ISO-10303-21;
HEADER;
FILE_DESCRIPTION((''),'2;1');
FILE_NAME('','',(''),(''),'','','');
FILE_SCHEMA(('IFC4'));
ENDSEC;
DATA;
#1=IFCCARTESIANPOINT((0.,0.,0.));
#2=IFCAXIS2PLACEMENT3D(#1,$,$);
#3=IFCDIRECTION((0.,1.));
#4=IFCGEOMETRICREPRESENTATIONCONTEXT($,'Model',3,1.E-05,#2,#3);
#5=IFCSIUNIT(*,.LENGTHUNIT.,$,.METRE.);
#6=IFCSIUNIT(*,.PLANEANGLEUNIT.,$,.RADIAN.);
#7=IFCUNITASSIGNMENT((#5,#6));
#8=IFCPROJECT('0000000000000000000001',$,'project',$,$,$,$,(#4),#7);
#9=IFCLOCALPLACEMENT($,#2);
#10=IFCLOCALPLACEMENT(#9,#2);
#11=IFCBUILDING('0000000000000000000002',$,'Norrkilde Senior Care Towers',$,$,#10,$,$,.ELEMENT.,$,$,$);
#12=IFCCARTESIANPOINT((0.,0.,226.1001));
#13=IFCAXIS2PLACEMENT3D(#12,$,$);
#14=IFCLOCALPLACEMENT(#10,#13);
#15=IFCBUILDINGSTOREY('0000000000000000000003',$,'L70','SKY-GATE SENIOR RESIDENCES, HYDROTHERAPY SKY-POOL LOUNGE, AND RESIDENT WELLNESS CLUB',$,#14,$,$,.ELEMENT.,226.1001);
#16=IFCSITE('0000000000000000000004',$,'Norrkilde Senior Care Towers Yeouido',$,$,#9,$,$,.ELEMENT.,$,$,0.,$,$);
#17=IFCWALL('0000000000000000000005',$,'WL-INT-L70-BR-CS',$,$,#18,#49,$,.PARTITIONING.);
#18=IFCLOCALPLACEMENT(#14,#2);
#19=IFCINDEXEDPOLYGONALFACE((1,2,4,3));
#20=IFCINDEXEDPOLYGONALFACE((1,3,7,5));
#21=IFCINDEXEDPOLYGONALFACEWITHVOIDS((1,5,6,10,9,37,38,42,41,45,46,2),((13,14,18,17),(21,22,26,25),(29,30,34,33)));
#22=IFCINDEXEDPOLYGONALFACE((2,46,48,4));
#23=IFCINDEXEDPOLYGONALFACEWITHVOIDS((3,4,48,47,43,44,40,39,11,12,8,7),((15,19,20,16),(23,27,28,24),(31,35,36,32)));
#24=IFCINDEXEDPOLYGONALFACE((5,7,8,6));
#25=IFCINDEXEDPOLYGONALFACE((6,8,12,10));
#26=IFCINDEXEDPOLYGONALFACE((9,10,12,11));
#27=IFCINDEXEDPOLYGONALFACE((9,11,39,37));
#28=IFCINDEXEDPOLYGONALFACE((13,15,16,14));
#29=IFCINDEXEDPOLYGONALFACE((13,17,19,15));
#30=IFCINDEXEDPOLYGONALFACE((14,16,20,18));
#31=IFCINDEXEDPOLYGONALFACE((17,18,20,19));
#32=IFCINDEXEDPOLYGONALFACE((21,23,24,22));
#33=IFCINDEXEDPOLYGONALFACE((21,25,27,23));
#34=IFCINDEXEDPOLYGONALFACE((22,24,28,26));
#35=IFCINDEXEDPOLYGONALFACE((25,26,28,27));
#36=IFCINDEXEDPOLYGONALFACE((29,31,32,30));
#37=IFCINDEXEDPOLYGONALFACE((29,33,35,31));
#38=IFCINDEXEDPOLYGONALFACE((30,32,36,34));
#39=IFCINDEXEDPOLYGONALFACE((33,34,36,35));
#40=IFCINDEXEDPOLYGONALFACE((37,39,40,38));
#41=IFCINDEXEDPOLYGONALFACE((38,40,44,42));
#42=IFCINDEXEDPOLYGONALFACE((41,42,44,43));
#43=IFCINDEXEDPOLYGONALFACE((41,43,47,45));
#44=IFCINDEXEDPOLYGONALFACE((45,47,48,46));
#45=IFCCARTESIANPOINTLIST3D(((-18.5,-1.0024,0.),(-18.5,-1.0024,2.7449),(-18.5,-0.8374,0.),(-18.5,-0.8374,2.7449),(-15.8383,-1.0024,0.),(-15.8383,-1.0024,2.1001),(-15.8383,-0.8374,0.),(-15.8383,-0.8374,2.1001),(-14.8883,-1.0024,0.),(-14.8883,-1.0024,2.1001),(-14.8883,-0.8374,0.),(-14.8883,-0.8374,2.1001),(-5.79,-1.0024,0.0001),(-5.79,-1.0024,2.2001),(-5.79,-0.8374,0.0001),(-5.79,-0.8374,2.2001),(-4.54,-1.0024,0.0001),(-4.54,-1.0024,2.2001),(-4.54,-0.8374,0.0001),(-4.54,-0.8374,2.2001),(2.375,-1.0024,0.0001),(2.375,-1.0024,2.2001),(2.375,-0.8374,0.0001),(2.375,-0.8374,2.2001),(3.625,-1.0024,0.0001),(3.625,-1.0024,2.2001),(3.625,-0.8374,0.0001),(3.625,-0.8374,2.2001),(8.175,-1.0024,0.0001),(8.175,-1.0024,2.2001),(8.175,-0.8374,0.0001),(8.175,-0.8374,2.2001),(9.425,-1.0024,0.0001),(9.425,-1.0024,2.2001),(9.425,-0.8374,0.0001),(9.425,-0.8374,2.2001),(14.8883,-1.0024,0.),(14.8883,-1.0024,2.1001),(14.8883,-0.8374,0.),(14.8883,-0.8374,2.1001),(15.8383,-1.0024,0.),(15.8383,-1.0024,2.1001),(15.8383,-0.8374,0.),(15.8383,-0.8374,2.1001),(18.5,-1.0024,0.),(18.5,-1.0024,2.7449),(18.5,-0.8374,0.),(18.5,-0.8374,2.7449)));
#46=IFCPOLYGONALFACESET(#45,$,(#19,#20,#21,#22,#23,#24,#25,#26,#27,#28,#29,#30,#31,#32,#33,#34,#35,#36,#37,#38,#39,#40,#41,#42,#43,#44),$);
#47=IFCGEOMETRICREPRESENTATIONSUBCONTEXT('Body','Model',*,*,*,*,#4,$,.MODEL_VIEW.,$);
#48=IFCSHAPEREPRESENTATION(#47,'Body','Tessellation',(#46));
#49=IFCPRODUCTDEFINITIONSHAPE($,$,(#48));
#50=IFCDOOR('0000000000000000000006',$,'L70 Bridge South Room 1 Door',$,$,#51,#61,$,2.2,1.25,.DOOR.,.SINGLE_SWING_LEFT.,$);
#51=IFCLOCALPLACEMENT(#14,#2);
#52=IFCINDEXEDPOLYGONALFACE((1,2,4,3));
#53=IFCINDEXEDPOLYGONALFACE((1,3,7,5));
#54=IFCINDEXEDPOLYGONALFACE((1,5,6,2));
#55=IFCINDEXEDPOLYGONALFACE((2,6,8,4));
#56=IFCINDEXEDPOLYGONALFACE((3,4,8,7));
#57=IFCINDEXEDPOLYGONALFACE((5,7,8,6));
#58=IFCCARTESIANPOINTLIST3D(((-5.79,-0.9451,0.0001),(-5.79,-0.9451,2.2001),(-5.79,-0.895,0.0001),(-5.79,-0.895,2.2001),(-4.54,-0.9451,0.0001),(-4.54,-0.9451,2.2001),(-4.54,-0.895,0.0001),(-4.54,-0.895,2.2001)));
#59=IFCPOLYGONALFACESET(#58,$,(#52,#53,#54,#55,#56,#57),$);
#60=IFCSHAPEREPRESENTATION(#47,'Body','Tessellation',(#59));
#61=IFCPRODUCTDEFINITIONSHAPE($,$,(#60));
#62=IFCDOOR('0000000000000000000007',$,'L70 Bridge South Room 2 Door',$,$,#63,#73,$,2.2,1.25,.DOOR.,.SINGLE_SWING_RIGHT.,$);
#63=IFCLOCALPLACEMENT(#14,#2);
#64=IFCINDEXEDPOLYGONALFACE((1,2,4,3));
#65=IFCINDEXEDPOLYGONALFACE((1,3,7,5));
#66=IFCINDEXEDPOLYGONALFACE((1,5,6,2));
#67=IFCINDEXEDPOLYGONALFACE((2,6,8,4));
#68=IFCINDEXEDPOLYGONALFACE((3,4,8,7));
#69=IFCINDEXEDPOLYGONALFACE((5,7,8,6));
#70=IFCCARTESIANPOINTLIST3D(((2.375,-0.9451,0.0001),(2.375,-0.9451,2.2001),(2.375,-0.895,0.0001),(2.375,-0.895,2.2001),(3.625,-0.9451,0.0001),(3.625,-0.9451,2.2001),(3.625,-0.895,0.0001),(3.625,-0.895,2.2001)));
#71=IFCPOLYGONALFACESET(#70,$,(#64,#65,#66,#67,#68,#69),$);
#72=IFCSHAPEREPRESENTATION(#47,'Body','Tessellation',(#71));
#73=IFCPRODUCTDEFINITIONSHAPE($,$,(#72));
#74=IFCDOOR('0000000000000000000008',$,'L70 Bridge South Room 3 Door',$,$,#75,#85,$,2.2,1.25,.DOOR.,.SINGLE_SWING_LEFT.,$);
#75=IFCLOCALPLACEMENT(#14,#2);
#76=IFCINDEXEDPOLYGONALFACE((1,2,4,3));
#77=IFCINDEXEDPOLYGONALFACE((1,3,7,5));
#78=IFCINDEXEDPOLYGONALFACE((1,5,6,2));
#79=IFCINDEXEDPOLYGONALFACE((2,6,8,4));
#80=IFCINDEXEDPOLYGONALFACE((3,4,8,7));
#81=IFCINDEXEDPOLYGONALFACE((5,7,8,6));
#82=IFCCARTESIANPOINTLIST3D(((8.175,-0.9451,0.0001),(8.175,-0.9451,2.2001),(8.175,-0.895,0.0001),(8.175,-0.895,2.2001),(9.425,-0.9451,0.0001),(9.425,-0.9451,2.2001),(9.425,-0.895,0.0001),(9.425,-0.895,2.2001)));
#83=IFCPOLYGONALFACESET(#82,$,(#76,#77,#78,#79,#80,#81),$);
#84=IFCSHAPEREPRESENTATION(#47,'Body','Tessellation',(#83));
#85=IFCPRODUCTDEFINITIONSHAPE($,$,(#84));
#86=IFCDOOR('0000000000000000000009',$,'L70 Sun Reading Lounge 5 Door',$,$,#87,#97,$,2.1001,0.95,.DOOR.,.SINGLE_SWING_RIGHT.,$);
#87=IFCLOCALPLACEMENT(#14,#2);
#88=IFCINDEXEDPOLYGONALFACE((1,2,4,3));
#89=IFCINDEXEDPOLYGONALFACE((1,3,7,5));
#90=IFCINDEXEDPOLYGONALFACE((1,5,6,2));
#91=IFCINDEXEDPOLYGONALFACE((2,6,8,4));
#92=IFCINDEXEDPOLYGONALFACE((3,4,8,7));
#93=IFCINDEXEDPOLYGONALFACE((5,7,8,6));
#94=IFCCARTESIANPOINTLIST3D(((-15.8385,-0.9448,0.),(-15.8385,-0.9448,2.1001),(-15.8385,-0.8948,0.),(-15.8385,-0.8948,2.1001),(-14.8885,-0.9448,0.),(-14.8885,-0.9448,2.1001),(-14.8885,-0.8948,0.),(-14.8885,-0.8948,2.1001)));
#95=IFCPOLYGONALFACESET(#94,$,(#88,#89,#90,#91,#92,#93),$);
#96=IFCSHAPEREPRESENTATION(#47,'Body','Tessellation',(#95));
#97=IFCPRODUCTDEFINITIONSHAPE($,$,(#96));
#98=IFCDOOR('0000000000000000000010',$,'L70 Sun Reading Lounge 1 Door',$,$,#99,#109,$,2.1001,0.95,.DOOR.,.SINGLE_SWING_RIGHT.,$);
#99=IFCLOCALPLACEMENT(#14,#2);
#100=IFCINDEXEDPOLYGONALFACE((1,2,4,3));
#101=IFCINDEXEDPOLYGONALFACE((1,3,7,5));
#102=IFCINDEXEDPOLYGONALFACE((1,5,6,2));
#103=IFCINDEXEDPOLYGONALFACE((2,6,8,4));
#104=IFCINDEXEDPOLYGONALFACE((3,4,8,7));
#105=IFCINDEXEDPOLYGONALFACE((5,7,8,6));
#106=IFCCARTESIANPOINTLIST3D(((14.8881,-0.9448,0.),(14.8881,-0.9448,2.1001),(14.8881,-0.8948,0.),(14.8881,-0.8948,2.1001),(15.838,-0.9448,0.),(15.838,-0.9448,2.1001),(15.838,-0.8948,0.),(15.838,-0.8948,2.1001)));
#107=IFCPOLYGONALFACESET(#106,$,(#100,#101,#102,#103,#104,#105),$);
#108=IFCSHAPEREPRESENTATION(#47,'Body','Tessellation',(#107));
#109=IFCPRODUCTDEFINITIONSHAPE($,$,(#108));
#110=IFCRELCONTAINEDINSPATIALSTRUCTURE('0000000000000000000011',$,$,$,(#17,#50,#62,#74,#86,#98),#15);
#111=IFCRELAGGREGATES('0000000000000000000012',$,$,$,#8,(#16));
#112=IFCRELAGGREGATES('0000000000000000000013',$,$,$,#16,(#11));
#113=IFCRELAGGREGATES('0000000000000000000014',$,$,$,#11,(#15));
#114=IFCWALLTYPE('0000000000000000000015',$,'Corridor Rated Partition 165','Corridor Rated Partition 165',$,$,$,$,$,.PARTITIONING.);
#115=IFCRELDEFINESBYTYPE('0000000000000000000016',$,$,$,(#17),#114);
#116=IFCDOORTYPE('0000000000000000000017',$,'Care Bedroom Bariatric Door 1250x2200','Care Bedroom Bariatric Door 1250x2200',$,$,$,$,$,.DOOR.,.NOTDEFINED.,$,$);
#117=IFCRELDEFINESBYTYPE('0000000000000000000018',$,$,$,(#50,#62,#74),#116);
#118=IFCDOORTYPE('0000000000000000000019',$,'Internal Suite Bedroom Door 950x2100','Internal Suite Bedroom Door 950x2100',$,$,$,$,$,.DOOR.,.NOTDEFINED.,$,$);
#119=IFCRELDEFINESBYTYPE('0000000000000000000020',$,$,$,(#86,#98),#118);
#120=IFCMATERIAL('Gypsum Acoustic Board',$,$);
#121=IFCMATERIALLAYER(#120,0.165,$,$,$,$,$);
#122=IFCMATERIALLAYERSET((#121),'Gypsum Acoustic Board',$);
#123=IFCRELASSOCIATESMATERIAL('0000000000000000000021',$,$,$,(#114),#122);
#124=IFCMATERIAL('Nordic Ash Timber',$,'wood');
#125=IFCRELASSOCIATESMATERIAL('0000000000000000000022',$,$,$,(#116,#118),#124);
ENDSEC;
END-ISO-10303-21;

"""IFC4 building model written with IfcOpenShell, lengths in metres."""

from ifc_helpers import new_model, si_unit, direction, frame, frame_2d, origin, place, context, subcontext, project, spatial, rectangle, extrude, source, transform, mapped, material, layer, layer_set, type_object, type_shapes, element, fill, save


model = new_model("IFC4")

# Units and contexts
model_context = context("Model", 3, precision=1e-05, world=origin(), true_north=direction((0.0, 1.0)))
body_context = subcontext(model_context, "Body", "Model", "MODEL_VIEW")
ifc_project = project(units=[si_unit("LENGTHUNIT", "METRE"), si_unit("PLANEANGLEUNIT", "RADIAN")], contexts=[model_context])

# Site, building, storey
site_placement = place(None, origin())
site = spatial("IfcSite", under=ifc_project, at=site_placement, Name="Norrkilde Senior Care Towers Yeouido", CompositionType="ELEMENT", RefElevation=0.0)
building_placement = place(site_placement, origin())
building = spatial("IfcBuilding", under=site, at=building_placement, Name="Norrkilde Senior Care Towers", CompositionType="ELEMENT")
storey_placement = place(building_placement, frame((0.0, 0.0, 226.1001)))
storey = spatial("IfcBuildingStorey", under=building, at=storey_placement, Name="L70", Description="SKY-GATE SENIOR RESIDENCES, HYDROTHERAPY SKY-POOL LOUNGE, AND RESIDENT WELLNESS CLUB", CompositionType="ELEMENT", Elevation=226.1001)

# Shared definitions
ifc_material_1 = material(Name="Gypsum Acoustic Board")
ifc_layer = layer(ifc_material_1, 0.165)
ifc_layer_set = layer_set([ifc_layer], Name="Gypsum Acoustic Board")
wall_type = type_object("IfcWallType", Name="Corridor Rated Partition 165", Description="Corridor Rated Partition 165", PredefinedType="PARTITIONING", material=ifc_layer_set)

# Shared definitions
ifc_material_2 = material(Name="Nordic Ash Timber", Category="wood")
door_type_1 = type_object("IfcDoorType", Name="Care Bedroom Bariatric Door 1250x2200", Description="Care Bedroom Bariatric Door 1250x2200", OperationType="NOTDEFINED", PredefinedType="DOOR", material=ifc_material_2)
shared_shape_1 = source(origin(), body_context, "Body", "SweptSolid", [
    extrude(rectangle(XDim=1.25, YDim=2.2, at=frame_2d((0.625, 1.1001))), frame((0.0, 0.0249, 0.0), z_axis=(0.0, -1.0, 0.0), x_axis=(1.0, 0.0, 0.0)), (0.0, 0.0, 1.0), 0.05),
])
type_shapes(door_type_1, [shared_shape_1])

# Wall, openings, doors
shared_shape_2 = source(origin(), body_context, "Body", "SweptSolid", [
    extrude(rectangle(XDim=37.0, YDim=0.165, at=frame_2d((18.5, 0.0))), origin(), (0.0, 0.0, 1.0), 2.7449),
])
wall_1_placement = place(storey_placement, frame((-18.5, -0.9199, 0.0), z_axis=(0.0, 0.0, 1.0), x_axis=(1.0, 0.0, 0.0)))
wall_1 = element("IfcWall", 1, at=wall_1_placement, inside=storey, type_object=wall_type, Name="WL-INT-L70-BR-CS", PredefinedType="PARTITIONING", context=body_context, shape_type="MappedRepresentation", body=[
    mapped(shared_shape_2, transform((0.0, 0.0, 0.0), x_axis=(1.0, 0.0, 0.0), y_axis=(0.0, 1.0, 0.0), z_axis=(0.0, 0.0, 1.0), scale=1.0)),
])
opening_1_placement = place(wall_1_placement, frame((2.6616, 0.0, 0.0)))
opening_1 = element("IfcOpeningElement", 2, at=opening_1_placement, cuts=wall_1, PredefinedType="OPENING", context=body_context, shape_type="SweptSolid", body=[
    extrude(rectangle(XDim=0.95, YDim=2.1001, at=frame_2d((0.4751, 1.05))), frame((0.0, 0.0925, 0.0), z_axis=(0.0, -1.0, 0.0), x_axis=(1.0, 0.0, 0.0)), (0.0, 0.0, 1.0), 0.1851),
])
opening_2_placement = place(wall_1_placement, frame((33.3882, 0.0, 0.0)))
opening_2 = element("IfcOpeningElement", 3, at=opening_2_placement, cuts=wall_1, PredefinedType="OPENING", context=body_context, shape_type="SweptSolid", body=[
    extrude(rectangle(XDim=0.95, YDim=2.1001, at=frame_2d((0.4751, 1.05))), frame((0.0, 0.0925, 0.0), z_axis=(0.0, -1.0, 0.0), x_axis=(1.0, 0.0, 0.0)), (0.0, 0.0, 1.0), 0.1851),
])
opening_3_placement = place(wall_1_placement, frame((12.71, 0.0, 0.0)))
opening_3 = element("IfcOpeningElement", 4, at=opening_3_placement, cuts=wall_1, PredefinedType="OPENING", context=body_context, shape_type="SweptSolid", body=[
    extrude(rectangle(XDim=1.25, YDim=2.2, at=frame_2d((0.625, 1.1001))), frame((0.0, 0.0925, 0.0), z_axis=(0.0, -1.0, 0.0), x_axis=(1.0, 0.0, 0.0)), (0.0, 0.0, 1.0), 0.1851),
])
opening_4_placement = place(wall_1_placement, frame((20.875, 0.0, 0.0)))
opening_4 = element("IfcOpeningElement", 5, at=opening_4_placement, cuts=wall_1, PredefinedType="OPENING", context=body_context, shape_type="SweptSolid", body=[
    extrude(rectangle(XDim=1.25, YDim=2.2, at=frame_2d((0.625, 1.1001))), frame((0.0, 0.0925, 0.0), z_axis=(0.0, -1.0, 0.0), x_axis=(1.0, 0.0, 0.0)), (0.0, 0.0, 1.0), 0.1851),
])
opening_5_placement = place(wall_1_placement, frame((26.675, 0.0, 0.0)))
opening_5 = element("IfcOpeningElement", 6, at=opening_5_placement, cuts=wall_1, PredefinedType="OPENING", context=body_context, shape_type="SweptSolid", body=[
    extrude(rectangle(XDim=1.25, YDim=2.2, at=frame_2d((0.625, 1.1001))), frame((0.0, 0.0925, 0.0), z_axis=(0.0, -1.0, 0.0), x_axis=(1.0, 0.0, 0.0)), (0.0, 0.0, 1.0), 0.1851),
])
door_1_placement = place(opening_3_placement, origin())
door_1 = element("IfcDoor", 7, at=door_1_placement, inside=storey, type_object=door_type_1, Name="L70 Bridge South Room 1 Door", OperationType="SINGLE_SWING_LEFT", OverallHeight=2.2, OverallWidth=1.25, PredefinedType="DOOR", context=body_context, shape_type="MappedRepresentation", body=[
    mapped(shared_shape_1, transform((0.0, 0.0, 0.0), x_axis=(1.0, 0.0, 0.0), y_axis=(0.0, 1.0, 0.0), z_axis=(0.0, 0.0, 1.0), scale=1.0)),
])
fill(opening_3, door_1)
door_2_placement = place(opening_4_placement, origin())
door_2 = element("IfcDoor", 8, at=door_2_placement, inside=storey, type_object=door_type_1, Name="L70 Bridge South Room 2 Door", OperationType="SINGLE_SWING_RIGHT", OverallHeight=2.2, OverallWidth=1.25, PredefinedType="DOOR", context=body_context, shape_type="MappedRepresentation", body=[
    mapped(shared_shape_1, transform((0.0, 0.0, 0.0), x_axis=(1.0, 0.0, 0.0), y_axis=(0.0, 1.0, 0.0), z_axis=(0.0, 0.0, 1.0), scale=1.0)),
])
fill(opening_4, door_2)
door_3_placement = place(opening_5_placement, origin())
door_3 = element("IfcDoor", 9, at=door_3_placement, inside=storey, type_object=door_type_1, Name="L70 Bridge South Room 3 Door", OperationType="SINGLE_SWING_LEFT", OverallHeight=2.2, OverallWidth=1.25, PredefinedType="DOOR", context=body_context, shape_type="MappedRepresentation", body=[
    mapped(shared_shape_1, transform((0.0, 0.0, 0.0), x_axis=(1.0, 0.0, 0.0), y_axis=(0.0, 1.0, 0.0), z_axis=(0.0, 0.0, 1.0), scale=1.0)),
])
fill(opening_5, door_3)
door_type_2 = type_object("IfcDoorType", Name="Internal Suite Bedroom Door 950x2100", Description="Internal Suite Bedroom Door 950x2100", OperationType="NOTDEFINED", PredefinedType="DOOR", material=ifc_material_2)
shared_shape_3 = source(origin(), body_context, "Body", "SweptSolid", [
    extrude(rectangle(XDim=0.95, YDim=2.1001, at=frame_2d((0.4751, 1.05))), frame((0.0, 0.0249, 0.0), z_axis=(0.0, -1.0, 0.0), x_axis=(1.0, 0.0, 0.0)), (0.0, 0.0, 1.0), 0.05),
])
type_shapes(door_type_2, [shared_shape_3])
door_4_placement = place(opening_1_placement, frame((0.95, 0.0, 0.0), z_axis=(0.0, 0.0, 1.0), x_axis=(-1.0, 0.0, 0.0)))
door_4 = element("IfcDoor", 10, at=door_4_placement, inside=storey, type_object=door_type_2, Name="L70 Sun Reading Lounge 5 Door", OperationType="SINGLE_SWING_RIGHT", OverallHeight=2.1001, OverallWidth=0.95, PredefinedType="DOOR", context=body_context, shape_type="MappedRepresentation", body=[
    mapped(shared_shape_3, transform((0.0, 0.0, 0.0), x_axis=(1.0, 0.0, 0.0), y_axis=(0.0, 1.0, 0.0), z_axis=(0.0, 0.0, 1.0), scale=1.0)),
])
fill(opening_1, door_4)
door_5_placement = place(opening_2_placement, frame((0.95, 0.0, 0.0), z_axis=(0.0, 0.0, 1.0), x_axis=(-1.0, 0.0, 0.0)))
door_5 = element("IfcDoor", 11, at=door_5_placement, inside=storey, type_object=door_type_2, Name="L70 Sun Reading Lounge 1 Door", OperationType="SINGLE_SWING_RIGHT", OverallHeight=2.1001, OverallWidth=0.95, PredefinedType="DOOR", context=body_context, shape_type="MappedRepresentation", body=[
    mapped(shared_shape_3, transform((0.0, 0.0, 0.0), x_axis=(1.0, 0.0, 0.0), y_axis=(0.0, 1.0, 0.0), z_axis=(0.0, 0.0, 1.0), scale=1.0)),
])
fill(opening_2, door_5)

save(model, "model.ifc")
